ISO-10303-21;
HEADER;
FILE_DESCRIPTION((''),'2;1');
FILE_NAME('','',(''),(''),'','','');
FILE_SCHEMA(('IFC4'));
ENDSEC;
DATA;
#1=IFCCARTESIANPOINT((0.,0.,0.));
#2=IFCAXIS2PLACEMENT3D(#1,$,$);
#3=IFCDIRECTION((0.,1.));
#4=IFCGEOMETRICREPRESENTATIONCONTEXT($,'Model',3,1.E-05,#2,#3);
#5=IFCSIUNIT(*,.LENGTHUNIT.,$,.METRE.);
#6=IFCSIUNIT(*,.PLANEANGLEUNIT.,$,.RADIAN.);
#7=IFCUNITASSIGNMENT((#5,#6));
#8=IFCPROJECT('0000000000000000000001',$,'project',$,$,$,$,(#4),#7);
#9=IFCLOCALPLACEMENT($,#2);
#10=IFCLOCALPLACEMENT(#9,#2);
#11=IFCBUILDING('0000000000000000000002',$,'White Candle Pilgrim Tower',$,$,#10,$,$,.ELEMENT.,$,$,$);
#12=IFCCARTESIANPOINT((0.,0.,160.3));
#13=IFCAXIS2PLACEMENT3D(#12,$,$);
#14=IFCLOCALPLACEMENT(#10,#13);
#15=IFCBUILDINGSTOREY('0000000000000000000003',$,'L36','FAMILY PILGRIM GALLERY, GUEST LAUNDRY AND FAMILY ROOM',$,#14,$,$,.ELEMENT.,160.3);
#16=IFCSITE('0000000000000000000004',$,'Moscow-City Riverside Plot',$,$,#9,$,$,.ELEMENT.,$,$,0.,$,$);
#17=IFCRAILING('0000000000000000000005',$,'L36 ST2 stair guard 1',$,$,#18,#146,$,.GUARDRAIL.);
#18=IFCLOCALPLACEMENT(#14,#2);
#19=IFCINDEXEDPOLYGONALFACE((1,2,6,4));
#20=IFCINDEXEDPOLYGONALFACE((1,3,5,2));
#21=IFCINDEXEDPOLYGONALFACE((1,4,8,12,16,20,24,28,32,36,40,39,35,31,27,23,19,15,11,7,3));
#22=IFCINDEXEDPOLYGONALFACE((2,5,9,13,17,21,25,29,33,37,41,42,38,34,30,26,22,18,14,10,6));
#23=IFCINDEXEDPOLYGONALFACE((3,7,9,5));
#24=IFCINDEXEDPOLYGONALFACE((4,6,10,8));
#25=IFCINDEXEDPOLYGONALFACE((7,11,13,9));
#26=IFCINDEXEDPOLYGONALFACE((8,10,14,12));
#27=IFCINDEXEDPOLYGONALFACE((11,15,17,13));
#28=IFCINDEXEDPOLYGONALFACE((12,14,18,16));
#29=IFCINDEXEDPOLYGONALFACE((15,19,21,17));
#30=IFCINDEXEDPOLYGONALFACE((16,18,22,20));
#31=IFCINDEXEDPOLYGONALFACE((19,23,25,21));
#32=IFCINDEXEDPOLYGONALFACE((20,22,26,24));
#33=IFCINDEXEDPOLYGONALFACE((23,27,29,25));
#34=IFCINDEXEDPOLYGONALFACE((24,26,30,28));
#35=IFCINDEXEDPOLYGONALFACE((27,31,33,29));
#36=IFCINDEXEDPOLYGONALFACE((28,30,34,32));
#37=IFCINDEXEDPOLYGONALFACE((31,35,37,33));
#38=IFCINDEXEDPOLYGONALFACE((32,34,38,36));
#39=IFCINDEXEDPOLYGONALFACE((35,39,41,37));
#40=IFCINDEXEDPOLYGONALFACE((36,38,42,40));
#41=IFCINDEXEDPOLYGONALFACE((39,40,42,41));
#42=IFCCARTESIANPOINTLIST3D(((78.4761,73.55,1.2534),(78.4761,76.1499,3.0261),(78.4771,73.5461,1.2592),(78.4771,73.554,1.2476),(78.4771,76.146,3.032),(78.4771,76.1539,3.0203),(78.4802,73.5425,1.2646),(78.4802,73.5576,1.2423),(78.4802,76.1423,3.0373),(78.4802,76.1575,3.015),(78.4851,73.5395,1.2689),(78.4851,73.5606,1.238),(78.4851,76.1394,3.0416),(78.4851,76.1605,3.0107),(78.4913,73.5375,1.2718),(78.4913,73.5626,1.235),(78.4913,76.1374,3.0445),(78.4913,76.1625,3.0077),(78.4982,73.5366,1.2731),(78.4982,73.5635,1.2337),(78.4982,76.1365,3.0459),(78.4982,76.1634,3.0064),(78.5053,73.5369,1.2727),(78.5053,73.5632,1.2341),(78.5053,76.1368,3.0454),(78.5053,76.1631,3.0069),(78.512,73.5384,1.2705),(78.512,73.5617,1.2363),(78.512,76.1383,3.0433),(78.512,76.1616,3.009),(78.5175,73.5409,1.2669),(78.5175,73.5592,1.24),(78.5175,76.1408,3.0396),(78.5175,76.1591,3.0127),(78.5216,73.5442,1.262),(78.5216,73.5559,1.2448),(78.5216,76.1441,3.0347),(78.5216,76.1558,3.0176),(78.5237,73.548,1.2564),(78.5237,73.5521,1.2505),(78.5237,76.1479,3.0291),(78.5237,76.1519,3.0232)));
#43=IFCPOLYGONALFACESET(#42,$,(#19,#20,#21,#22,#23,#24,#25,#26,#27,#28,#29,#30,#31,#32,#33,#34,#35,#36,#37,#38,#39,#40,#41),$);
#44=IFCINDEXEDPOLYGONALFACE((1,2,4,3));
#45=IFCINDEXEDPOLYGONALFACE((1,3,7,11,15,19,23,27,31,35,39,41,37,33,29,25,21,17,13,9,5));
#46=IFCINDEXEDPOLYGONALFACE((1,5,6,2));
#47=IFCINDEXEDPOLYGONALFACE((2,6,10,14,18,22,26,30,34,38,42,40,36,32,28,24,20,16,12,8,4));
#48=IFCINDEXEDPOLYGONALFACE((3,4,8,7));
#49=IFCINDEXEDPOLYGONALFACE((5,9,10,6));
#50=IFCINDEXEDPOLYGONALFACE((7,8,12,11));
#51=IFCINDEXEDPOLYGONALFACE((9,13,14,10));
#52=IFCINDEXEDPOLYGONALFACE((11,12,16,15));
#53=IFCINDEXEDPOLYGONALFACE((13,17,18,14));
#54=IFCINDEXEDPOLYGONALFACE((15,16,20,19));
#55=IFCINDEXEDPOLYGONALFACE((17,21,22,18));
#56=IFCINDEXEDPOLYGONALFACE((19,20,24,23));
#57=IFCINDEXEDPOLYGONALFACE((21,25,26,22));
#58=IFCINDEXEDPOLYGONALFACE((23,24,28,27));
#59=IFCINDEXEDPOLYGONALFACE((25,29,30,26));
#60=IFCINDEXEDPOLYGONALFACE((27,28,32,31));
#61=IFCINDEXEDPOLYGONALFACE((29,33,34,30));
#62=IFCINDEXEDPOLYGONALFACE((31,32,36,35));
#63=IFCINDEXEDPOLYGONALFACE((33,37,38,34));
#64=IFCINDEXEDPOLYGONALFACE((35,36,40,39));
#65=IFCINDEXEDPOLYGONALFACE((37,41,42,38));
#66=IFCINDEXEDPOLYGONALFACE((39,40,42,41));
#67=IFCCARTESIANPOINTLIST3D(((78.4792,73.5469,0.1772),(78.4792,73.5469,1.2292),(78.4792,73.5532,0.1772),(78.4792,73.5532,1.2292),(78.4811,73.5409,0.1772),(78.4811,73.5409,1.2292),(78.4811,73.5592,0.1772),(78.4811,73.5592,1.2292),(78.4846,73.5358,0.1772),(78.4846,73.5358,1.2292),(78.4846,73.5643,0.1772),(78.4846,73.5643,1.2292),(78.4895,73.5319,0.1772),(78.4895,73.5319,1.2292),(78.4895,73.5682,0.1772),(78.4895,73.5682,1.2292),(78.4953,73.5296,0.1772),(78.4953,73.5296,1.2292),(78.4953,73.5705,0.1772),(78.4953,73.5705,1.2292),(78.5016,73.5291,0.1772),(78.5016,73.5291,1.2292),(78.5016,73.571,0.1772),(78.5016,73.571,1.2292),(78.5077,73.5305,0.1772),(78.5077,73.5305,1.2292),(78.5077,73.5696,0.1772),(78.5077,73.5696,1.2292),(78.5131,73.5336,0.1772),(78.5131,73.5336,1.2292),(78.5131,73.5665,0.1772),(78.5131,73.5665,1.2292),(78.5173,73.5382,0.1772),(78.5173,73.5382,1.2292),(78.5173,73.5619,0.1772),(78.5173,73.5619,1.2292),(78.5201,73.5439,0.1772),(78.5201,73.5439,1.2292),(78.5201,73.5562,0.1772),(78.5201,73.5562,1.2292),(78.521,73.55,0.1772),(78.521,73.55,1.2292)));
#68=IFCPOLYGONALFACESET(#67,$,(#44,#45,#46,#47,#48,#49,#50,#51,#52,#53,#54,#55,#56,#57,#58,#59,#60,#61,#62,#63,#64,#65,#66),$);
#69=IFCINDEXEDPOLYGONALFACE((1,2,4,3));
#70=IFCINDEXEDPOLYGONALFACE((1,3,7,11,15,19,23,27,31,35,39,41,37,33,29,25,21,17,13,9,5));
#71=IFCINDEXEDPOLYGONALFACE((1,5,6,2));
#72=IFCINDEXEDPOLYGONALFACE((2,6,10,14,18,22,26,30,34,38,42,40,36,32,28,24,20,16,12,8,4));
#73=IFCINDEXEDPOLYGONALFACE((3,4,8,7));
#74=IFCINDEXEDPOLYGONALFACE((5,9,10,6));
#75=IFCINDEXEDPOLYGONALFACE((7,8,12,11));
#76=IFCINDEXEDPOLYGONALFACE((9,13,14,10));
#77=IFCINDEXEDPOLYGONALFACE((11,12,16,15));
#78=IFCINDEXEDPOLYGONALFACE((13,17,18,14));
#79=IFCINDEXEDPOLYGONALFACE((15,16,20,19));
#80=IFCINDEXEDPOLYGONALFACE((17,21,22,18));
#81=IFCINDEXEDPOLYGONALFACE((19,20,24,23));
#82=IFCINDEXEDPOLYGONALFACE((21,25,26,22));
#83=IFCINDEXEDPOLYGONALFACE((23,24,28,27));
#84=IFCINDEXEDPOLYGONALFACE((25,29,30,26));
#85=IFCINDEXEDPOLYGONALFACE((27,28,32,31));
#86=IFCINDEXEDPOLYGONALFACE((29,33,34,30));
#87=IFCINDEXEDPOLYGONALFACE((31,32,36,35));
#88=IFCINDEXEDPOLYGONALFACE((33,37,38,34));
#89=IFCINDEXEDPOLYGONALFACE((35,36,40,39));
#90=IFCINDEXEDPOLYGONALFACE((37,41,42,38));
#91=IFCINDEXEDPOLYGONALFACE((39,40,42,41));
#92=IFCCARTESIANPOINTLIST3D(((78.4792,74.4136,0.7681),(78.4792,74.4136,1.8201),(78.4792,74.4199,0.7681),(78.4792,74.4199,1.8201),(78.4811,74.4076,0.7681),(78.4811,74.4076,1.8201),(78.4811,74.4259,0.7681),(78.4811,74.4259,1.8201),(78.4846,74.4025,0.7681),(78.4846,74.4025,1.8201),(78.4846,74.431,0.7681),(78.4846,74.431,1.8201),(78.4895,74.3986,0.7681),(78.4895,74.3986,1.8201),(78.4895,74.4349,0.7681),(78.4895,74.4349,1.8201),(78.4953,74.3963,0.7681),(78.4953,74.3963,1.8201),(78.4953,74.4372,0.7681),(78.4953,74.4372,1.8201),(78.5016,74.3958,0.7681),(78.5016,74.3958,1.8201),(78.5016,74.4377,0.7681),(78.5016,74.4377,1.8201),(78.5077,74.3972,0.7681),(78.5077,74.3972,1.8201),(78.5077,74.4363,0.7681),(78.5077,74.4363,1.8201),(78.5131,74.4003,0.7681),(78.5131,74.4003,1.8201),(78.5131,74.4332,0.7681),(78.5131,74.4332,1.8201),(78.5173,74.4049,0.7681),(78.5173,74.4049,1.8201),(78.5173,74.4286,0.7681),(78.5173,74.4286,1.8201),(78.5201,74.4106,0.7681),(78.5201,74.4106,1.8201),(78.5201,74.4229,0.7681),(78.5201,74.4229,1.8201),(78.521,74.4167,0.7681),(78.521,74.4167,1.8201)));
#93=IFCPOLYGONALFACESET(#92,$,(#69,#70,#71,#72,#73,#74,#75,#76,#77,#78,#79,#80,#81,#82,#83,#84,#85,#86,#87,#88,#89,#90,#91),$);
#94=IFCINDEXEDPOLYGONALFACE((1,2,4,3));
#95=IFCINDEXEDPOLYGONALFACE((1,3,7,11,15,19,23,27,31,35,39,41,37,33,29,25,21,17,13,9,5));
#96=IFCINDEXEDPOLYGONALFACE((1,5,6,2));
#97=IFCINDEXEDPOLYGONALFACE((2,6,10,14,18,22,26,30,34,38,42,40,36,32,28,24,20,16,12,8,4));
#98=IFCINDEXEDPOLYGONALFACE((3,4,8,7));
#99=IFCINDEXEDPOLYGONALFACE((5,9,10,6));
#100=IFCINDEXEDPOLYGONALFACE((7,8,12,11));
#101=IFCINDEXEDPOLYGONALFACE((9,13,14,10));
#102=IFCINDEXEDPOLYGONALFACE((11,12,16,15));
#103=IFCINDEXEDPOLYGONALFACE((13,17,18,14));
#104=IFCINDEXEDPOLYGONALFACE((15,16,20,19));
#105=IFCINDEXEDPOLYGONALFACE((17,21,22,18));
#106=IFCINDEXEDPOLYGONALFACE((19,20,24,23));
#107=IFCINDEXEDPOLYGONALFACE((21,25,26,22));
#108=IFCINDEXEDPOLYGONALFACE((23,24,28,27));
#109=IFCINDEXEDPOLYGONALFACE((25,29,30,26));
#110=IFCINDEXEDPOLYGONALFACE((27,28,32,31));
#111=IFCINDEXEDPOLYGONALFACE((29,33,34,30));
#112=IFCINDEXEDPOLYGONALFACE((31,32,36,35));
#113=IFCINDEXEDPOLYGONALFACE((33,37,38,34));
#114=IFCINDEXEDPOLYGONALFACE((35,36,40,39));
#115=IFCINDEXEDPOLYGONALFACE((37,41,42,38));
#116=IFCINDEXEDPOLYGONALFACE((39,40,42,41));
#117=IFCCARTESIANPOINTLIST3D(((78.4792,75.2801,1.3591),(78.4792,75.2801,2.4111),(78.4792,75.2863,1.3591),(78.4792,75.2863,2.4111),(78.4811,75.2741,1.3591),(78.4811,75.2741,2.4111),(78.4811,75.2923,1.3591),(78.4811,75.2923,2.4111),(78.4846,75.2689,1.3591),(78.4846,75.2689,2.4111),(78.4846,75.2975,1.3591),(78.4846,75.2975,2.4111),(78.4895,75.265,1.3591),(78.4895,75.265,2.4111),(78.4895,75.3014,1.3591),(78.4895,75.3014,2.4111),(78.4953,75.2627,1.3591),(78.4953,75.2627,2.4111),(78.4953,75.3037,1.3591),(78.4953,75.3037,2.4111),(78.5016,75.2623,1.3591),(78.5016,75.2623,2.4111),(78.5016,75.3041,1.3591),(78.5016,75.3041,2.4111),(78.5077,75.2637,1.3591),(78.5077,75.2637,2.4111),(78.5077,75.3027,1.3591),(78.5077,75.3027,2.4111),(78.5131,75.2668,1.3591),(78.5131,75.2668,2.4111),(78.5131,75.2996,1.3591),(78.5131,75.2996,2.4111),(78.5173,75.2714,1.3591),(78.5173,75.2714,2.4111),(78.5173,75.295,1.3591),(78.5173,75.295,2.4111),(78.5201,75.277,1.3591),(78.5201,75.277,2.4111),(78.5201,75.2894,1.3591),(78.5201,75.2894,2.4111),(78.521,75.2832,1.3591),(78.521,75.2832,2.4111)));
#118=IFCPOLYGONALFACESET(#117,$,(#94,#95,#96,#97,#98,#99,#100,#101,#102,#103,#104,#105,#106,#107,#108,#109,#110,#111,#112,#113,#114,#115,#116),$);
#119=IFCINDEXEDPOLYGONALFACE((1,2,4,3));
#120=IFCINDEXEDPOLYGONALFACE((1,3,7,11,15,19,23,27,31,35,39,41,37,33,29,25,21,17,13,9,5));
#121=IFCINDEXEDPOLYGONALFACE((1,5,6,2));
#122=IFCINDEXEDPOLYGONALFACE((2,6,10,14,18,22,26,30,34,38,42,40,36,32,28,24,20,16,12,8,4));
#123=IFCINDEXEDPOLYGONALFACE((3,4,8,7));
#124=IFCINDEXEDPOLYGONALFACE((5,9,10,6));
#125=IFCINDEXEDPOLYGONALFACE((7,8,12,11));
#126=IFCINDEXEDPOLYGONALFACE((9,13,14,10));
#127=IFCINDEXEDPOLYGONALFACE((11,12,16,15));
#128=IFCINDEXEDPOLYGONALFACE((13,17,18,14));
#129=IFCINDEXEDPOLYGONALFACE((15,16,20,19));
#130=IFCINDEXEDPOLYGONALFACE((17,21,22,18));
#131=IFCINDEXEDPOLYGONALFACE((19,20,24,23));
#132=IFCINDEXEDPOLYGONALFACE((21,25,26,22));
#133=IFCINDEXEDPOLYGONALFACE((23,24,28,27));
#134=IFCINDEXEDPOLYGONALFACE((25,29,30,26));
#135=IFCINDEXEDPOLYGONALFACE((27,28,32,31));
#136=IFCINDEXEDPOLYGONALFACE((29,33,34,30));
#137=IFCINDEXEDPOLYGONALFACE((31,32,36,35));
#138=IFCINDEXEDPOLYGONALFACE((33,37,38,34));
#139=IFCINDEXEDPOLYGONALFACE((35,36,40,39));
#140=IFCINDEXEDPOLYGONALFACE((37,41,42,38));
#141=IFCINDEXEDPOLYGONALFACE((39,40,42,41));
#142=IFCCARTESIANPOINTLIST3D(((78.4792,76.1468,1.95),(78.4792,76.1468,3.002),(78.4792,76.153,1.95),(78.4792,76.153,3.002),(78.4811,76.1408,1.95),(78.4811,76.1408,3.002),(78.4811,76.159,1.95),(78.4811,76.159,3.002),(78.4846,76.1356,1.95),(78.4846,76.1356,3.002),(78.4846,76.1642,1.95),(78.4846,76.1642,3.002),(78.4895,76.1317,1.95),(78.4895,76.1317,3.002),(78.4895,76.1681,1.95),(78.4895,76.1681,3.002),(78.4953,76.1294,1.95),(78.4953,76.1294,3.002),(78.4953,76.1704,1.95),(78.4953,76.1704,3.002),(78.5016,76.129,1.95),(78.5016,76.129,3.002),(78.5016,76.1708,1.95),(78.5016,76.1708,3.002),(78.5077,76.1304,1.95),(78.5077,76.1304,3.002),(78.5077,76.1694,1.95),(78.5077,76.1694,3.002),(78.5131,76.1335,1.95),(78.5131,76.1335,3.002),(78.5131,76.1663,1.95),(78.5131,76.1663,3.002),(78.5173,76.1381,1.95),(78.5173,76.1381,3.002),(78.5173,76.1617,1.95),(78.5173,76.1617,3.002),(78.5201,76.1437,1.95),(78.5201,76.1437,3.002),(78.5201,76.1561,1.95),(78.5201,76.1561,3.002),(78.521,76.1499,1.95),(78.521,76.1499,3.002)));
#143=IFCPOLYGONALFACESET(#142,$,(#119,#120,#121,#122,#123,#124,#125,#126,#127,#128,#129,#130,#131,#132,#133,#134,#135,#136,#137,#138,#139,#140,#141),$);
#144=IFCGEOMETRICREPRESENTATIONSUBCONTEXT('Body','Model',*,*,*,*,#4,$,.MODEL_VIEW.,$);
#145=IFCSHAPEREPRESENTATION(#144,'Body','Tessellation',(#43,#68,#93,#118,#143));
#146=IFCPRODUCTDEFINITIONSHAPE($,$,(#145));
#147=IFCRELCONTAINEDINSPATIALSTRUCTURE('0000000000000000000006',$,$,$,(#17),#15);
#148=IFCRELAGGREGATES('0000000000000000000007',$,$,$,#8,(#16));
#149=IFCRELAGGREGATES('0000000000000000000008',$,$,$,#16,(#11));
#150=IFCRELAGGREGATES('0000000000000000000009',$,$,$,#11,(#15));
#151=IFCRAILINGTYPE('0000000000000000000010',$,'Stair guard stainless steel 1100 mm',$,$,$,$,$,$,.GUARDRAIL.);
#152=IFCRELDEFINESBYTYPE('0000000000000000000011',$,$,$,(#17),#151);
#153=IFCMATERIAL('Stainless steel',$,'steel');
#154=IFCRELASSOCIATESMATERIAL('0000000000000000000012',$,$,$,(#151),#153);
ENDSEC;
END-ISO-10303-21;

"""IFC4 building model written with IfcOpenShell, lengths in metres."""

from ifc_helpers import new_model, si_unit, direction, frame, origin, origin_2d, place, context, subcontext, project, spatial, circle, extrude, material, type_object, element, save


model = new_model("IFC4")

# Units and contexts
model_context = context("Model", 3, precision=1e-05, world=origin(), true_north=direction((0.0, 1.0)))
body_context = subcontext(model_context, "Body", "Model", "MODEL_VIEW")
ifc_project = project(units=[si_unit("LENGTHUNIT", "METRE"), si_unit("PLANEANGLEUNIT", "RADIAN")], contexts=[model_context])

# Site, building, storey
site_placement = place(None, origin())
site = spatial("IfcSite", under=ifc_project, at=site_placement, Name="Moscow-City Riverside Plot", CompositionType="ELEMENT", RefElevation=0.0)
building_placement = place(site_placement, origin())
building = spatial("IfcBuilding", under=site, at=building_placement, Name="White Candle Pilgrim Tower", CompositionType="ELEMENT")
storey_placement = place(building_placement, frame((0.0, 0.0, 160.3)))
storey = spatial("IfcBuildingStorey", under=building, at=storey_placement, Name="L36", Description="FAMILY PILGRIM GALLERY, GUEST LAUNDRY AND FAMILY ROOM", CompositionType="ELEMENT", Elevation=160.3)

# Railing
ifc_material_1 = material(Name="Stainless steel", Category="steel")
railing_type_1 = type_object("IfcRailingType", Name="Stair guard stainless steel 1100 mm", PredefinedType="GUARDRAIL", material=ifc_material_1)
railing_1_placement = place(storey_placement, frame((78.5, 73.55, 0.1772)))
element("IfcRailing", 1, at=railing_1_placement, inside=storey, type_object=railing_type_1, Name="L36 ST2 stair guard 1", PredefinedType="GUARDRAIL", context=body_context, shape_type="SweptSolid", body=[
    extrude(circle(Radius=0.0239, at=origin_2d()), frame((0.0, 0.0, 1.0762), z_axis=(0.0, 0.826216, 0.563354), x_axis=(-1.0, 0.0, 0.0)), (0.0, 0.0, 1.0), 3.1467),
    extrude(circle(Radius=0.021, at=origin_2d()), origin(), (0.0, 0.0, 1.0), 1.052),
    extrude(circle(Radius=0.021, at=origin_2d()), frame((0.0, 0.8667, 0.5908)), (0.0, 0.0, 1.0), 1.052),
    extrude(circle(Radius=0.021, at=origin_2d()), frame((0.0, 1.7332, 1.1819)), (0.0, 0.0, 1.0), 1.052),
    extrude(circle(Radius=0.021, at=origin_2d()), frame((0.0, 2.5999, 1.7727)), (0.0, 0.0, 1.0), 1.052),
])

save(model, "model.ifc")
